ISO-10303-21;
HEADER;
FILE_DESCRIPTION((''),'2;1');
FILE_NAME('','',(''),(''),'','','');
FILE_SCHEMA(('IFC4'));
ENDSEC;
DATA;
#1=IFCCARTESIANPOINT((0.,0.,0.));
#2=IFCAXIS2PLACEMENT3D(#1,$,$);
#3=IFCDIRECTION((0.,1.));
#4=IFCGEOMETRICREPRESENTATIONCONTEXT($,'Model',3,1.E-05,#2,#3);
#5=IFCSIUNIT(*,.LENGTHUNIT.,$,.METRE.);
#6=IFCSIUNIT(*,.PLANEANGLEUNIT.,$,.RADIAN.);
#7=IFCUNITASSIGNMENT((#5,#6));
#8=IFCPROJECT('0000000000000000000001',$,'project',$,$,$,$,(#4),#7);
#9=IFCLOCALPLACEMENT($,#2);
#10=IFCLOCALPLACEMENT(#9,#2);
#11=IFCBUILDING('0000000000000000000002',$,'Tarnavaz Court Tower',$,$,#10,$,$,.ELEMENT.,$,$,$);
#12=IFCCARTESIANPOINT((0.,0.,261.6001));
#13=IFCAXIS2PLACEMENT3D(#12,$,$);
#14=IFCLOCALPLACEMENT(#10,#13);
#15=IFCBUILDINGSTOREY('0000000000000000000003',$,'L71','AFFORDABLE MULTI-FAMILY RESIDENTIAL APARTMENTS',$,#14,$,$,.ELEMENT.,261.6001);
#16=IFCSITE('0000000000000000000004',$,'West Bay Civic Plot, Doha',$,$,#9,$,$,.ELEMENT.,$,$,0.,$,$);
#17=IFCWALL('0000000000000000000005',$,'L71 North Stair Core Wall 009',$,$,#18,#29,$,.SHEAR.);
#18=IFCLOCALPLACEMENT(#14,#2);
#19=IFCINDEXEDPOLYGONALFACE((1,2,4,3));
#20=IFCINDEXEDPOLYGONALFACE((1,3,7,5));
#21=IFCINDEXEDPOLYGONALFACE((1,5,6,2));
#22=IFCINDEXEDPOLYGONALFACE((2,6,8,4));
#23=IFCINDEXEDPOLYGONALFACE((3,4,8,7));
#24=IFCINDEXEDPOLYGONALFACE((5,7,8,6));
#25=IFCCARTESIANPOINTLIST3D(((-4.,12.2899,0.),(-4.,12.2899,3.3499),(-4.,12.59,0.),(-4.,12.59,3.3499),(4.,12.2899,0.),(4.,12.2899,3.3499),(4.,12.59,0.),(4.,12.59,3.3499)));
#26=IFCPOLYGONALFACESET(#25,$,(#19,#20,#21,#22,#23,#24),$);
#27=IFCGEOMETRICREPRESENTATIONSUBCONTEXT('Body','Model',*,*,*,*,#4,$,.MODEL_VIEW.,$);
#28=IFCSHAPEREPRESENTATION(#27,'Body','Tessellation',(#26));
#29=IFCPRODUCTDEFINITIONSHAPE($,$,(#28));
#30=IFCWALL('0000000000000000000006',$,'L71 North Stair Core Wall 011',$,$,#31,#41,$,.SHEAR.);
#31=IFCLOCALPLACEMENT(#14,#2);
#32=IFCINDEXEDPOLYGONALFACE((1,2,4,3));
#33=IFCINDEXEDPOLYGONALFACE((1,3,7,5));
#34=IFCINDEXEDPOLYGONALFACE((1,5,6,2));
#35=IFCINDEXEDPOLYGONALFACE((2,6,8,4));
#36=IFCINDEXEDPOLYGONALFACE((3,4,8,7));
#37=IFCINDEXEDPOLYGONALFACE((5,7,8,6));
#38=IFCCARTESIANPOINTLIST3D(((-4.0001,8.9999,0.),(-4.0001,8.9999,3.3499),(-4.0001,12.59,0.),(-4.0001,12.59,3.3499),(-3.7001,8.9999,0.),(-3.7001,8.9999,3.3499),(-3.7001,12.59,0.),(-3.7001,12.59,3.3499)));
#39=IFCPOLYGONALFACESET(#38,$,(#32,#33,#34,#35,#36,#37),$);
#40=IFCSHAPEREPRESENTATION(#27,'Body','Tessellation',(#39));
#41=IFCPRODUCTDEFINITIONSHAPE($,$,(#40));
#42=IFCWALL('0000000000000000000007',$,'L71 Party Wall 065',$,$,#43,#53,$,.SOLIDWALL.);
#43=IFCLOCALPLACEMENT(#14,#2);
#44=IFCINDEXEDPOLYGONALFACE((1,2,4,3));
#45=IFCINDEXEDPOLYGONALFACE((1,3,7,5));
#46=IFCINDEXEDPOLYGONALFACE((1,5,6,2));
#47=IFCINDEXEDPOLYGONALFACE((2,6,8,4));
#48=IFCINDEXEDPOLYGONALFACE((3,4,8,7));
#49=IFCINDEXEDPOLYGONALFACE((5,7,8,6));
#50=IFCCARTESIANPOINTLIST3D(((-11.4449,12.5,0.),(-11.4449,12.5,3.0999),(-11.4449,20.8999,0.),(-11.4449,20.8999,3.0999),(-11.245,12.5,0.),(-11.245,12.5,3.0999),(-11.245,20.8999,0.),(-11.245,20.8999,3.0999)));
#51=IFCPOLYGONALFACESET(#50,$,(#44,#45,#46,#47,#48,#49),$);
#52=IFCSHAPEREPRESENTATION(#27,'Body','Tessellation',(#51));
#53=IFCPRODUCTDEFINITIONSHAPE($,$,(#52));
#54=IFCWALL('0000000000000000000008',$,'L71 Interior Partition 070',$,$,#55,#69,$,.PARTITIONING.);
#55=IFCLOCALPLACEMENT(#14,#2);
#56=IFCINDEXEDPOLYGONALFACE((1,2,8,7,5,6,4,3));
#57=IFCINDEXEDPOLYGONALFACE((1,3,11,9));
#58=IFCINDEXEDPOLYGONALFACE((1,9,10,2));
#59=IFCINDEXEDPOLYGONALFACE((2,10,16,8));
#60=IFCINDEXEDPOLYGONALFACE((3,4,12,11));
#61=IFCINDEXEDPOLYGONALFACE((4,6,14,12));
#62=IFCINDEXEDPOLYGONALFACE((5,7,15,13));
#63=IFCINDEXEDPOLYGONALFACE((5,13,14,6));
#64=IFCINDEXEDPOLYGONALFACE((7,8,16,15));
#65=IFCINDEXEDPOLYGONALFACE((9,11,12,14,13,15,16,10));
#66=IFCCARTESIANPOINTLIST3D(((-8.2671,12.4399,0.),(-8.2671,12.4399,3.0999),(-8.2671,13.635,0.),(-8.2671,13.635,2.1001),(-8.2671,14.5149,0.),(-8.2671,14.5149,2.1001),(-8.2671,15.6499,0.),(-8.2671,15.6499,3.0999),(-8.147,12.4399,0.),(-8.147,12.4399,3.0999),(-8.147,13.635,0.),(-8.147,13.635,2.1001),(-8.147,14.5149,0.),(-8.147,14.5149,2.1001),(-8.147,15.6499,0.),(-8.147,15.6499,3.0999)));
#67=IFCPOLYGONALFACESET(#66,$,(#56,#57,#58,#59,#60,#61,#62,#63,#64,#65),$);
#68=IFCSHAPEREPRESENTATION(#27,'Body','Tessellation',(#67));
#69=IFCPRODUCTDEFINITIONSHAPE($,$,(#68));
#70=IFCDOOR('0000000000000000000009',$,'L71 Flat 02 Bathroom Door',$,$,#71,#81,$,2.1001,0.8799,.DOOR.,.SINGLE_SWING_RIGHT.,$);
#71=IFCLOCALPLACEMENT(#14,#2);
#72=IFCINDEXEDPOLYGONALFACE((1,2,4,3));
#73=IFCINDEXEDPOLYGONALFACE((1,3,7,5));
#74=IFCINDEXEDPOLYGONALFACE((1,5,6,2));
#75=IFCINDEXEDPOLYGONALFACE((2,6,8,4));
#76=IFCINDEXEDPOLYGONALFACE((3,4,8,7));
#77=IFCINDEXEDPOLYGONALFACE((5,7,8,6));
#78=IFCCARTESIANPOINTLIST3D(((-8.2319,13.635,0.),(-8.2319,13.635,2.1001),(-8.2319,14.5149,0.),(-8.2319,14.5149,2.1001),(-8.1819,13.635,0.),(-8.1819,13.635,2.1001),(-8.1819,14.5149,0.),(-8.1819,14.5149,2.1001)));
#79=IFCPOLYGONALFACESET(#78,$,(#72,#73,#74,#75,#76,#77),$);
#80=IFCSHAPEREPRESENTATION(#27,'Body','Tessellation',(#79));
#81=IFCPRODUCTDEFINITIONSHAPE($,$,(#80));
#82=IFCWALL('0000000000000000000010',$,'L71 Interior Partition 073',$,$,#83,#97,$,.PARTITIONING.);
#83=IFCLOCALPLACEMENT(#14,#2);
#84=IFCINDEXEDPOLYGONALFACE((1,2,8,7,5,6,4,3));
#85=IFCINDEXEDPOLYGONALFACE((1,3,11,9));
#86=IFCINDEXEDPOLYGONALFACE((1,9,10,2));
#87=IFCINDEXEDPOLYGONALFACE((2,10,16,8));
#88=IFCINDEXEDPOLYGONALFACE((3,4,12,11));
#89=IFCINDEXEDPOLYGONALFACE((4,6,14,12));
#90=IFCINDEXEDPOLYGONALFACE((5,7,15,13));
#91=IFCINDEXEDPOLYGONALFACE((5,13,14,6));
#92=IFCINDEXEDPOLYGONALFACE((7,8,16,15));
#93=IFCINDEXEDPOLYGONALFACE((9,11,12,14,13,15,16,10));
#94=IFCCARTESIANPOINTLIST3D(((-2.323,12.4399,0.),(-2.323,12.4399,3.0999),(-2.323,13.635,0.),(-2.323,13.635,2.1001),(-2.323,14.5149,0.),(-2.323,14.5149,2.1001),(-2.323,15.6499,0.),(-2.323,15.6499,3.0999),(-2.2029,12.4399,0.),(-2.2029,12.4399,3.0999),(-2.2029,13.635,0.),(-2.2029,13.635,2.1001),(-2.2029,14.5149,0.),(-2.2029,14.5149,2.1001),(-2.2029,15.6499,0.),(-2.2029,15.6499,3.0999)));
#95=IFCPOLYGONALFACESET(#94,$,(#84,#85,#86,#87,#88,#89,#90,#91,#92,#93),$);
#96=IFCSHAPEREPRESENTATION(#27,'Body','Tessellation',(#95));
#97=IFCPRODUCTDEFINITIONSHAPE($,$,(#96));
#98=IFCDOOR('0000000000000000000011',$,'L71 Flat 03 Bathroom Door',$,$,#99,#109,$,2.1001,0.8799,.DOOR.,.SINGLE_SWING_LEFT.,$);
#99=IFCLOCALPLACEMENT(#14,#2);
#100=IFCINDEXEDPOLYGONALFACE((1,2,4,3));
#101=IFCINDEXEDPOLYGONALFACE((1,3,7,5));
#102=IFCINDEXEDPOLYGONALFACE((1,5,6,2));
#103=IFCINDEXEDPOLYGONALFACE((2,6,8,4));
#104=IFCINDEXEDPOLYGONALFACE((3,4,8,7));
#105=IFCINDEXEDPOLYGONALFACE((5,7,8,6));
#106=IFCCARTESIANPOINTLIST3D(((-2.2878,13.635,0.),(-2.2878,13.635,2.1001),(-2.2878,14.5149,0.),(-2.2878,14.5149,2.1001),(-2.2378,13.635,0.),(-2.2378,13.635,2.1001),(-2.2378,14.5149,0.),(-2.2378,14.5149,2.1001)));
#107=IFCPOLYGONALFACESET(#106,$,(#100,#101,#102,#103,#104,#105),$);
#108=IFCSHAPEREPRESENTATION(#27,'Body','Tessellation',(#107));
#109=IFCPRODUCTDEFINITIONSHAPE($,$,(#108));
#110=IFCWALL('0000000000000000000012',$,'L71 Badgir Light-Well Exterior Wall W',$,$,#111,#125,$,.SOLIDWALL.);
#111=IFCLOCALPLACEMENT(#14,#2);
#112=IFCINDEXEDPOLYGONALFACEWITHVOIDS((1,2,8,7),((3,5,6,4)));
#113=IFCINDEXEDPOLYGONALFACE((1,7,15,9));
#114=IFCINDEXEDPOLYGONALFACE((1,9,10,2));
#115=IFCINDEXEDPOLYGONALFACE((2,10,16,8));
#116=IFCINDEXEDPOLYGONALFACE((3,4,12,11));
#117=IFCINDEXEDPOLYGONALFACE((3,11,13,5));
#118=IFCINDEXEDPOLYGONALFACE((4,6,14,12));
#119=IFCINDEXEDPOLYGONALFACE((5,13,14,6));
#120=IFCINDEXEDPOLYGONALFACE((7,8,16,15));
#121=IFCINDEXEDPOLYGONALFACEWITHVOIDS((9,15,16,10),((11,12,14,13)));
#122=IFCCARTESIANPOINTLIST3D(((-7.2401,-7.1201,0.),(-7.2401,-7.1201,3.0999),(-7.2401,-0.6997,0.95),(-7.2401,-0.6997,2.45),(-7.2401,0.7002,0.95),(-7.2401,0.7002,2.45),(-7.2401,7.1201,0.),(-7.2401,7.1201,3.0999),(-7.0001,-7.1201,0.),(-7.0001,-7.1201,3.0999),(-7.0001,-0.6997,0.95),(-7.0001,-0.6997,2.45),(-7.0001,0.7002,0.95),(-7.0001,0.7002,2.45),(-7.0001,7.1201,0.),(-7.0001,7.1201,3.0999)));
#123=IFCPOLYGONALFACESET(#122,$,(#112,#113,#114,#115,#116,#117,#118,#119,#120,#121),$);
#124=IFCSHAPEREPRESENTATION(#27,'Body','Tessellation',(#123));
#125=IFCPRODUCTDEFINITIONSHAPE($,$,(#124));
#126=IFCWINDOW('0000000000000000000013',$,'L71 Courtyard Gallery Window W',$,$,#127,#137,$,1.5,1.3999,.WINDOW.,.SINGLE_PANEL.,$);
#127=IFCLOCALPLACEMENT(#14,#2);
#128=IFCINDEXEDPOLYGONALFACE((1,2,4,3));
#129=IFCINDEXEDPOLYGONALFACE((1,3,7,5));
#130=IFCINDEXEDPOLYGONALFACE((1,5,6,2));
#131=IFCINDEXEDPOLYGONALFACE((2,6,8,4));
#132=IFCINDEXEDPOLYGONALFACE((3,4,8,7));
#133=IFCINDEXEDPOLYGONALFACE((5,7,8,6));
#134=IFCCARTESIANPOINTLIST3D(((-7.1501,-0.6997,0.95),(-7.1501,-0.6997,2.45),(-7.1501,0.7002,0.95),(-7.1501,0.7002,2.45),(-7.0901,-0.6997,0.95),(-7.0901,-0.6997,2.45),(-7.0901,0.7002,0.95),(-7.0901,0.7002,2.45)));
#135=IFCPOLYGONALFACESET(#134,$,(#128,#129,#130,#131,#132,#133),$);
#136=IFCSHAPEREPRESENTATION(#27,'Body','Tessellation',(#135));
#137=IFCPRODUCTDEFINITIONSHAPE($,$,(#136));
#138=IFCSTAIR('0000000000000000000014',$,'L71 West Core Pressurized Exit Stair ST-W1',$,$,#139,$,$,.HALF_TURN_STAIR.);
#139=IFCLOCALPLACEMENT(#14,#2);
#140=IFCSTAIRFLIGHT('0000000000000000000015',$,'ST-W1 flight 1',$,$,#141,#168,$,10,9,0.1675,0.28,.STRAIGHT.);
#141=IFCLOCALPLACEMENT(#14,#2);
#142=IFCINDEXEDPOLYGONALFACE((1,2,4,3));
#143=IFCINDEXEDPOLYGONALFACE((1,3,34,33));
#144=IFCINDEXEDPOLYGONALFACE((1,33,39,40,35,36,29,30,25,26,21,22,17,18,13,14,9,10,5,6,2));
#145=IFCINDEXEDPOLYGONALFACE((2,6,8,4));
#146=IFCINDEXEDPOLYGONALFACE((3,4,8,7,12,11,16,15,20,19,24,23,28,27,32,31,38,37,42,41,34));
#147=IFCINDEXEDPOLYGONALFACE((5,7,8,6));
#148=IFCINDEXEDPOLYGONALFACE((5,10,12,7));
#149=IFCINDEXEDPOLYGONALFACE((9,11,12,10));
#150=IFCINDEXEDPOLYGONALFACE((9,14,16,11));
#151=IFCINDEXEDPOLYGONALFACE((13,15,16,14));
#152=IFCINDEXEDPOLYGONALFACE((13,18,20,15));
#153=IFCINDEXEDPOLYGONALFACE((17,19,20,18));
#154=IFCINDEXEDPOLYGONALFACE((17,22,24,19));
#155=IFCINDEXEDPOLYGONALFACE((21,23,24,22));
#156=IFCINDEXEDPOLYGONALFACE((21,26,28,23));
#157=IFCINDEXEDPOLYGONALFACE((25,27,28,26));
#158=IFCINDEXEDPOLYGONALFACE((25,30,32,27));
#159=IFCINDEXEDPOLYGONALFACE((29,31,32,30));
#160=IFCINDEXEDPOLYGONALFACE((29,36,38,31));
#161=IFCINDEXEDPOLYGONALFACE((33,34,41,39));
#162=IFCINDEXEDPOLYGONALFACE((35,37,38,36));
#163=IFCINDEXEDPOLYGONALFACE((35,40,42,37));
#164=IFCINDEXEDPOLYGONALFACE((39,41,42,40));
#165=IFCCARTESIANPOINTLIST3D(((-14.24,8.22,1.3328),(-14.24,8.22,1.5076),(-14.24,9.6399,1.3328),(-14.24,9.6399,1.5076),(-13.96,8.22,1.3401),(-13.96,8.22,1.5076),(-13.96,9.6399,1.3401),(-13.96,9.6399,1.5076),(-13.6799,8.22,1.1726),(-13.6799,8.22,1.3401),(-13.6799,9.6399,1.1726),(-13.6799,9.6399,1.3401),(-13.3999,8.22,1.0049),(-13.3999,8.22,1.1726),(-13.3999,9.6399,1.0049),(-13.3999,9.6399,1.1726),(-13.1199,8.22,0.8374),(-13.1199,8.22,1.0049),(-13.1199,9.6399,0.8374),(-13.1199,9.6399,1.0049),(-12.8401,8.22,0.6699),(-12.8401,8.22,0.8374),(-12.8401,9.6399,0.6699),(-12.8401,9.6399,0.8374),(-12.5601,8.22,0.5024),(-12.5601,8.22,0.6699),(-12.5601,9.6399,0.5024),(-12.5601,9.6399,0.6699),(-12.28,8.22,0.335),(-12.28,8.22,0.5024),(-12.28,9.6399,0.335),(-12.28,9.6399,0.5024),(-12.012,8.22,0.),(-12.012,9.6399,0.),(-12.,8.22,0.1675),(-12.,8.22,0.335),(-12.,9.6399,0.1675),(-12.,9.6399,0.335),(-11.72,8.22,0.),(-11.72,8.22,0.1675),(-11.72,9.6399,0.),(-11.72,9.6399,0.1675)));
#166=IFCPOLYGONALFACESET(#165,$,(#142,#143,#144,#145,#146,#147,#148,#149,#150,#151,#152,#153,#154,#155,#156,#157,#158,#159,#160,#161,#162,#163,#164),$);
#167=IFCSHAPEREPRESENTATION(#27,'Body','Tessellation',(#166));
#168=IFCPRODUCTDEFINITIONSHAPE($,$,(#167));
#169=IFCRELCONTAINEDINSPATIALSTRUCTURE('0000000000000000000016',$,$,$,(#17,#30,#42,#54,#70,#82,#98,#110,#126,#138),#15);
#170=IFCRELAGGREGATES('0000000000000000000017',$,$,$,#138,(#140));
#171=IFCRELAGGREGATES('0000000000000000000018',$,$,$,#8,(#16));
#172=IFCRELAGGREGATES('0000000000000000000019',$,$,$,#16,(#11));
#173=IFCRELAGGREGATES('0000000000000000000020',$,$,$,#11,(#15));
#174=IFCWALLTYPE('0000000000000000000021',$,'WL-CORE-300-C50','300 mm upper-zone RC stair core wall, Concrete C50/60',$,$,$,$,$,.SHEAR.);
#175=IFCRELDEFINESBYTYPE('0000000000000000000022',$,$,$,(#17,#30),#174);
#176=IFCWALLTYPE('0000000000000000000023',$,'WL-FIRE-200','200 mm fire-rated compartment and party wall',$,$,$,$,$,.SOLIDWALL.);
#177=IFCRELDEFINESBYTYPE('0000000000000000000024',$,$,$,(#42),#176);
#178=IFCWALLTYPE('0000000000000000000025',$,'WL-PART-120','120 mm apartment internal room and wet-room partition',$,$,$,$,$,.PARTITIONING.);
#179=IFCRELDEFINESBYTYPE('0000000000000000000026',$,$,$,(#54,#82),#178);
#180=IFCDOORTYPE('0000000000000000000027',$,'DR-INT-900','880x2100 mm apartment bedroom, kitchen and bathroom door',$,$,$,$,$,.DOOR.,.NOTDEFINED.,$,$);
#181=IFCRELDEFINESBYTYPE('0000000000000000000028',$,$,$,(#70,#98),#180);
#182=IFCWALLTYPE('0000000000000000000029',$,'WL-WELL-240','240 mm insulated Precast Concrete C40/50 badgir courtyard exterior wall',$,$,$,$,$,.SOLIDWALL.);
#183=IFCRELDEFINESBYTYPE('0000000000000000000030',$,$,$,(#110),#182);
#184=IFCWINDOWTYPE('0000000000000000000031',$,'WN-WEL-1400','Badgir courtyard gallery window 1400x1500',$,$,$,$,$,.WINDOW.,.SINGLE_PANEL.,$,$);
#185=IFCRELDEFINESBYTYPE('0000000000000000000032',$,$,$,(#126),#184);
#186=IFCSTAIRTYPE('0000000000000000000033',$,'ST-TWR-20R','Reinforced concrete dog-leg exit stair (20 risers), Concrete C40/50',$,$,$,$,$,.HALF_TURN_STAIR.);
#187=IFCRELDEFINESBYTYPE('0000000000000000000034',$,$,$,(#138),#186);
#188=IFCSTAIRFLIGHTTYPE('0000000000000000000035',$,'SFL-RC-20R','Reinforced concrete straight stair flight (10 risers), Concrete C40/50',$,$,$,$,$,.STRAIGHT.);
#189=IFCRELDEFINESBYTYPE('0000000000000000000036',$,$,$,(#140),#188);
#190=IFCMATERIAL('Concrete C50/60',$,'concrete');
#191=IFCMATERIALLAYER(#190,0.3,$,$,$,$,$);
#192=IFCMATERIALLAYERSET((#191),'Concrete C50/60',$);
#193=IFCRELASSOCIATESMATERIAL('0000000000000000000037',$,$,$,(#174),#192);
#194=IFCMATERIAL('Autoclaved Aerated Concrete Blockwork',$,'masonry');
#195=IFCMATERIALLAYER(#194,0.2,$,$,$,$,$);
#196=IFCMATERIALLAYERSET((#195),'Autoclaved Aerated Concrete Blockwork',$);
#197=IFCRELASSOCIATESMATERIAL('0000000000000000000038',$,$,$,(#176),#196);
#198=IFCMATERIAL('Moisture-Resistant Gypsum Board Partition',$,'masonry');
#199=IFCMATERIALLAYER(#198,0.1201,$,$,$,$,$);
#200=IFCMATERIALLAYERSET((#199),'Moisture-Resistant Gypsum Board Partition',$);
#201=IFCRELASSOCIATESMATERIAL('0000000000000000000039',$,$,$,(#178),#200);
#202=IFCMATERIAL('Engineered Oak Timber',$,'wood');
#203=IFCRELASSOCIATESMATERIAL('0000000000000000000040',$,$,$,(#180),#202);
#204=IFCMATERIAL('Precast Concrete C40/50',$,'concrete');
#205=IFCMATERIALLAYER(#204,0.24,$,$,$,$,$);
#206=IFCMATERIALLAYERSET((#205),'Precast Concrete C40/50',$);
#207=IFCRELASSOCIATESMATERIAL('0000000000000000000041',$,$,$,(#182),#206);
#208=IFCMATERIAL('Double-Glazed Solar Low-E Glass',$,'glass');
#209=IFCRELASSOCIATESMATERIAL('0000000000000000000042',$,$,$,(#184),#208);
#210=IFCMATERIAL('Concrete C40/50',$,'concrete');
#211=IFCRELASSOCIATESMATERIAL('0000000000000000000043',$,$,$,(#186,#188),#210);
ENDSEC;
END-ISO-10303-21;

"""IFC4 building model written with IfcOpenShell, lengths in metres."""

from ifc_helpers import new_model, si_unit, direction, frame, frame_2d, origin, place, context, subcontext, project, spatial, polyline, rectangle, outline, extrude, material, layer, layer_set, type_object, element, fill, aggregate, save


model = new_model("IFC4")

# Units and contexts
model_context = context("Model", 3, precision=1e-05, world=origin(), true_north=direction((0.0, 1.0)))
body_context = subcontext(model_context, "Body", "Model", "MODEL_VIEW")
ifc_project = project(units=[si_unit("LENGTHUNIT", "METRE"), si_unit("PLANEANGLEUNIT", "RADIAN")], contexts=[model_context])

# Site, building, storey
site_placement = place(None, origin())
site = spatial("IfcSite", under=ifc_project, at=site_placement, Name="West Bay Civic Plot, Doha", CompositionType="ELEMENT", RefElevation=0.0)
building_placement = place(site_placement, origin())
building = spatial("IfcBuilding", under=site, at=building_placement, Name="Tarnavaz Court Tower", CompositionType="ELEMENT")
storey_placement = place(building_placement, frame((0.0, 0.0, 261.6001)))
storey = spatial("IfcBuildingStorey", under=building, at=storey_placement, Name="L71", Description="AFFORDABLE MULTI-FAMILY RESIDENTIAL APARTMENTS", CompositionType="ELEMENT", Elevation=261.6001)

# Shared definitions
ifc_material_1 = material(Name="Concrete C50/60", Category="concrete")

# Wall
ifc_layer_1 = layer(ifc_material_1, 0.3)
ifc_layer_set_1 = layer_set([ifc_layer_1], Name="Concrete C50/60")
wall_type_1 = type_object("IfcWallType", Name="WL-CORE-300-C50", Description="300 mm upper-zone RC stair core wall, Concrete C50/60", PredefinedType="SHEAR", material=ifc_layer_set_1)
wall_1_placement = place(storey_placement, frame((-4.0, 12.4399, 0.0), z_axis=(0.0, 0.0, 1.0), x_axis=(1.0, 0.0, 0.0)))
element("IfcWall", 1, at=wall_1_placement, inside=storey, type_object=wall_type_1, Name="L71 North Stair Core Wall 009", PredefinedType="SHEAR", context=body_context, shape_type="SweptSolid", body=[
    extrude(rectangle(XDim=8.0, YDim=0.3, at=frame_2d((4.0, 0.0))), origin(), (0.0, 0.0, 1.0), 3.3499),
])

# Wall
wall_2_placement = place(storey_placement, frame((-3.8501, 9.0, 0.0), z_axis=(0.0, 0.0, 1.0), x_axis=(0.0, 1.0, 0.0)))
element("IfcWall", 2, at=wall_2_placement, inside=storey, type_object=wall_type_1, Name="L71 North Stair Core Wall 011", PredefinedType="SHEAR", context=body_context, shape_type="SweptSolid", body=[
    extrude(rectangle(XDim=3.5901, YDim=0.3, at=frame_2d((1.7949, 0.0))), origin(), (0.0, 0.0, 1.0), 3.3499),
])

# Shared definitions
ifc_material_2 = material(Name="Autoclaved Aerated Concrete Blockwork", Category="masonry")
ifc_layer_2 = layer(ifc_material_2, 0.2)
ifc_layer_set_2 = layer_set([ifc_layer_2], Name="Autoclaved Aerated Concrete Blockwork")
wall_type_2 = type_object("IfcWallType", Name="WL-FIRE-200", Description="200 mm fire-rated compartment and party wall", PredefinedType="SOLIDWALL", material=ifc_layer_set_2)

# Wall
wall_3_placement = place(storey_placement, frame((-11.345, 12.5, 0.0), z_axis=(0.0, 0.0, 1.0), x_axis=(0.0, 1.0, 0.0)))
element("IfcWall", 3, at=wall_3_placement, inside=storey, type_object=wall_type_2, Name="L71 Party Wall 065", PredefinedType="SOLIDWALL", context=body_context, shape_type="SweptSolid", body=[
    extrude(rectangle(XDim=8.3999, YDim=0.2, at=frame_2d((4.2, 0.0))), origin(), (0.0, 0.0, 1.0), 3.0999),
])

# Walls, openings, doors
ifc_material_3 = material(Name="Moisture-Resistant Gypsum Board Partition", Category="masonry")
ifc_layer_3 = layer(ifc_material_3, 0.1201)
ifc_layer_set_3 = layer_set([ifc_layer_3], Name="Moisture-Resistant Gypsum Board Partition")
wall_type_3 = type_object("IfcWallType", Name="WL-PART-120", Description="120 mm apartment internal room and wet-room partition", PredefinedType="PARTITIONING", material=ifc_layer_set_3)
wall_4_placement = place(storey_placement, frame((-8.207, 12.4399, 0.0), z_axis=(0.0, 0.0, 1.0), x_axis=(0.0, 1.0, 0.0)))
wall_4 = element("IfcWall", 4, at=wall_4_placement, inside=storey, type_object=wall_type_3, Name="L71 Interior Partition 070", PredefinedType="PARTITIONING", context=body_context, shape_type="SweptSolid", body=[
    extrude(rectangle(XDim=3.21, YDim=0.1201, at=frame_2d((1.605, 0.0))), origin(), (0.0, 0.0, 1.0), 3.0999),
])
opening_1_placement = place(wall_4_placement, frame((1.1951, 0.0, 0.0)))
opening_1 = element("IfcOpeningElement", 5, at=opening_1_placement, cuts=wall_4, PredefinedType="OPENING", context=body_context, shape_type="SweptSolid", body=[
    extrude(rectangle(XDim=0.8799, YDim=2.1001, at=frame_2d((0.4399, 1.05))), frame((0.0, 0.0701, 0.0), z_axis=(0.0, -1.0, 0.0), x_axis=(1.0, 0.0, 0.0)), (0.0, 0.0, 1.0), 0.1401),
])
ifc_material_4 = material(Name="Engineered Oak Timber", Category="wood")
door_type_1 = type_object("IfcDoorType", Name="DR-INT-900", Description="880x2100 mm apartment bedroom, kitchen and bathroom door", OperationType="NOTDEFINED", PredefinedType="DOOR", material=ifc_material_4)
door_1_placement = place(opening_1_placement, origin())
door_1 = element("IfcDoor", 6, at=door_1_placement, inside=storey, type_object=door_type_1, Name="L71 Flat 02 Bathroom Door", OperationType="SINGLE_SWING_RIGHT", OverallHeight=2.1001, OverallWidth=0.8799, PredefinedType="DOOR", context=body_context, shape_type="SweptSolid", body=[
    extrude(rectangle(XDim=0.8799, YDim=2.1001, at=frame_2d((0.4399, 1.05))), frame((0.0, 0.0249, 0.0), z_axis=(0.0, -1.0, 0.0), x_axis=(1.0, 0.0, 0.0)), (0.0, 0.0, 1.0), 0.05),
])
fill(opening_1, door_1)
wall_5_placement = place(storey_placement, frame((-2.2629, 12.4399, 0.0), z_axis=(0.0, 0.0, 1.0), x_axis=(0.0, 1.0, 0.0)))
wall_5 = element("IfcWall", 7, at=wall_5_placement, inside=storey, type_object=wall_type_3, Name="L71 Interior Partition 073", PredefinedType="PARTITIONING", context=body_context, shape_type="SweptSolid", body=[
    extrude(rectangle(XDim=3.21, YDim=0.1201, at=frame_2d((1.605, 0.0))), origin(), (0.0, 0.0, 1.0), 3.0999),
])
opening_2_placement = place(wall_5_placement, frame((1.1951, 0.0, 0.0)))
opening_2 = element("IfcOpeningElement", 8, at=opening_2_placement, cuts=wall_5, PredefinedType="OPENING", context=body_context, shape_type="SweptSolid", body=[
    extrude(rectangle(XDim=0.8799, YDim=2.1001, at=frame_2d((0.4399, 1.05))), frame((0.0, 0.0701, 0.0), z_axis=(0.0, -1.0, 0.0), x_axis=(1.0, 0.0, 0.0)), (0.0, 0.0, 1.0), 0.1401),
])
door_2_placement = place(opening_2_placement, origin())
door_2 = element("IfcDoor", 9, at=door_2_placement, inside=storey, type_object=door_type_1, Name="L71 Flat 03 Bathroom Door", OperationType="SINGLE_SWING_LEFT", OverallHeight=2.1001, OverallWidth=0.8799, PredefinedType="DOOR", context=body_context, shape_type="SweptSolid", body=[
    extrude(rectangle(XDim=0.8799, YDim=2.1001, at=frame_2d((0.4399, 1.05))), frame((0.0, 0.0249, 0.0), z_axis=(0.0, -1.0, 0.0), x_axis=(1.0, 0.0, 0.0)), (0.0, 0.0, 1.0), 0.05),
])
fill(opening_2, door_2)

# Wall, opening, window
ifc_material_5 = material(Name="Precast Concrete C40/50", Category="concrete")
ifc_layer_4 = layer(ifc_material_5, 0.24)
ifc_layer_set_4 = layer_set([ifc_layer_4], Name="Precast Concrete C40/50")
wall_type_4 = type_object("IfcWallType", Name="WL-WELL-240", Description="240 mm insulated Precast Concrete C40/50 badgir courtyard exterior wall", PredefinedType="SOLIDWALL", material=ifc_layer_set_4)
wall_6_placement = place(storey_placement, frame((-7.1201, 7.1201, 0.0), z_axis=(0.0, 0.0, 1.0), x_axis=(0.0, -1.0, 0.0)))
wall_6 = element("IfcWall", 10, at=wall_6_placement, inside=storey, type_object=wall_type_4, Name="L71 Badgir Light-Well Exterior Wall W", PredefinedType="SOLIDWALL", context=body_context, shape_type="SweptSolid", body=[
    extrude(rectangle(XDim=14.2402, YDim=0.24, at=frame_2d((7.1201, 0.0))), origin(), (0.0, 0.0, 1.0), 3.0999),
])
opening_3_placement = place(wall_6_placement, frame((6.4199, 0.0, 0.95)))
opening_3 = element("IfcOpeningElement", 11, at=opening_3_placement, cuts=wall_6, PredefinedType="OPENING", context=body_context, shape_type="SweptSolid", body=[
    extrude(rectangle(XDim=1.3999, YDim=1.5, at=frame_2d((0.7, 0.75))), frame((0.0, 0.1299, 0.0), z_axis=(0.0, -1.0, 0.0), x_axis=(1.0, 0.0, 0.0)), (0.0, 0.0, 1.0), 0.26),
])
ifc_material_6 = material(Name="Double-Glazed Solar Low-E Glass", Category="glass")
window_type = type_object("IfcWindowType", Name="WN-WEL-1400", Description="Badgir courtyard gallery window 1400x1500", PartitioningType="SINGLE_PANEL", PredefinedType="WINDOW", material=ifc_material_6)
window_placement = place(opening_3_placement, origin())
window = element("IfcWindow", 12, at=window_placement, inside=storey, type_object=window_type, Name="L71 Courtyard Gallery Window W", OverallHeight=1.5, OverallWidth=1.3999, PartitioningType="SINGLE_PANEL", PredefinedType="WINDOW", context=body_context, shape_type="SweptSolid", body=[
    extrude(rectangle(XDim=1.3999, YDim=1.5, at=frame_2d((0.7, 0.75))), frame((0.0, 0.03, 0.0), z_axis=(0.0, -1.0, 0.0), x_axis=(1.0, 0.0, 0.0)), (0.0, 0.0, 1.0), 0.0601),
])
fill(opening_3, window)

# Stair, stair flight
ifc_material_7 = material(Name="Concrete C40/50", Category="concrete")
stair_type = type_object("IfcStairType", Name="ST-TWR-20R", Description="Reinforced concrete dog-leg exit stair (20 risers), Concrete C40/50", PredefinedType="HALF_TURN_STAIR", material=ifc_material_7)
stair_1_placement = place(storey_placement, origin())
stair_1 = element("IfcStair", 13, at=stair_1_placement, inside=storey, type_object=stair_type, Name="L71 West Core Pressurized Exit Stair ST-W1", PredefinedType="HALF_TURN_STAIR")
stair_flight_type = type_object("IfcStairFlightType", Name="SFL-RC-20R", Description="Reinforced concrete straight stair flight (10 risers), Concrete C40/50", PredefinedType="STRAIGHT", material=ifc_material_7)
stair_flight_1_placement = place(storey_placement, frame((-11.72, 8.9299, 0.0), z_axis=(0.0, 0.0, 1.0), x_axis=(-1.0, 0.0, 0.0)))
stair_flight_1 = element("IfcStairFlight", 14, at=stair_flight_1_placement, type_object=stair_flight_type, Name="ST-W1 flight 1", NumberOfRisers=10, NumberOfTreads=9, PredefinedType="STRAIGHT", RiserHeight=0.1675, TreadLength=0.28, context=body_context, shape_type="SweptSolid", body=[
    extrude(outline(polyline([(0.0, 0.0), (0.0, 0.1675), (0.28, 0.1675), (0.28, 0.335), (0.5601, 0.335), (0.5601, 0.5024), (0.8401, 0.5024), (0.8401, 0.6699), (1.1201, 0.6699), (1.1201, 0.8374), (1.3999, 0.8374), (1.3999, 1.0049), (1.6799, 1.0049), (1.6799, 1.1726), (1.96, 1.1726), (1.96, 1.3401), (2.24, 1.3401), (2.24, 1.5076), (2.52, 1.5076), (2.52, 1.675), (2.52, 1.3328), (0.292, 0.0), (0.0, 0.0)])), frame((0.0, 0.71, 0.0), z_axis=(0.0, -1.0, 0.0), x_axis=(1.0, 0.0, 0.0)), (0.0, 0.0, 1.0), 1.4199),
])
aggregate(stair_1, [stair_flight_1])

save(model, "model.ifc")
